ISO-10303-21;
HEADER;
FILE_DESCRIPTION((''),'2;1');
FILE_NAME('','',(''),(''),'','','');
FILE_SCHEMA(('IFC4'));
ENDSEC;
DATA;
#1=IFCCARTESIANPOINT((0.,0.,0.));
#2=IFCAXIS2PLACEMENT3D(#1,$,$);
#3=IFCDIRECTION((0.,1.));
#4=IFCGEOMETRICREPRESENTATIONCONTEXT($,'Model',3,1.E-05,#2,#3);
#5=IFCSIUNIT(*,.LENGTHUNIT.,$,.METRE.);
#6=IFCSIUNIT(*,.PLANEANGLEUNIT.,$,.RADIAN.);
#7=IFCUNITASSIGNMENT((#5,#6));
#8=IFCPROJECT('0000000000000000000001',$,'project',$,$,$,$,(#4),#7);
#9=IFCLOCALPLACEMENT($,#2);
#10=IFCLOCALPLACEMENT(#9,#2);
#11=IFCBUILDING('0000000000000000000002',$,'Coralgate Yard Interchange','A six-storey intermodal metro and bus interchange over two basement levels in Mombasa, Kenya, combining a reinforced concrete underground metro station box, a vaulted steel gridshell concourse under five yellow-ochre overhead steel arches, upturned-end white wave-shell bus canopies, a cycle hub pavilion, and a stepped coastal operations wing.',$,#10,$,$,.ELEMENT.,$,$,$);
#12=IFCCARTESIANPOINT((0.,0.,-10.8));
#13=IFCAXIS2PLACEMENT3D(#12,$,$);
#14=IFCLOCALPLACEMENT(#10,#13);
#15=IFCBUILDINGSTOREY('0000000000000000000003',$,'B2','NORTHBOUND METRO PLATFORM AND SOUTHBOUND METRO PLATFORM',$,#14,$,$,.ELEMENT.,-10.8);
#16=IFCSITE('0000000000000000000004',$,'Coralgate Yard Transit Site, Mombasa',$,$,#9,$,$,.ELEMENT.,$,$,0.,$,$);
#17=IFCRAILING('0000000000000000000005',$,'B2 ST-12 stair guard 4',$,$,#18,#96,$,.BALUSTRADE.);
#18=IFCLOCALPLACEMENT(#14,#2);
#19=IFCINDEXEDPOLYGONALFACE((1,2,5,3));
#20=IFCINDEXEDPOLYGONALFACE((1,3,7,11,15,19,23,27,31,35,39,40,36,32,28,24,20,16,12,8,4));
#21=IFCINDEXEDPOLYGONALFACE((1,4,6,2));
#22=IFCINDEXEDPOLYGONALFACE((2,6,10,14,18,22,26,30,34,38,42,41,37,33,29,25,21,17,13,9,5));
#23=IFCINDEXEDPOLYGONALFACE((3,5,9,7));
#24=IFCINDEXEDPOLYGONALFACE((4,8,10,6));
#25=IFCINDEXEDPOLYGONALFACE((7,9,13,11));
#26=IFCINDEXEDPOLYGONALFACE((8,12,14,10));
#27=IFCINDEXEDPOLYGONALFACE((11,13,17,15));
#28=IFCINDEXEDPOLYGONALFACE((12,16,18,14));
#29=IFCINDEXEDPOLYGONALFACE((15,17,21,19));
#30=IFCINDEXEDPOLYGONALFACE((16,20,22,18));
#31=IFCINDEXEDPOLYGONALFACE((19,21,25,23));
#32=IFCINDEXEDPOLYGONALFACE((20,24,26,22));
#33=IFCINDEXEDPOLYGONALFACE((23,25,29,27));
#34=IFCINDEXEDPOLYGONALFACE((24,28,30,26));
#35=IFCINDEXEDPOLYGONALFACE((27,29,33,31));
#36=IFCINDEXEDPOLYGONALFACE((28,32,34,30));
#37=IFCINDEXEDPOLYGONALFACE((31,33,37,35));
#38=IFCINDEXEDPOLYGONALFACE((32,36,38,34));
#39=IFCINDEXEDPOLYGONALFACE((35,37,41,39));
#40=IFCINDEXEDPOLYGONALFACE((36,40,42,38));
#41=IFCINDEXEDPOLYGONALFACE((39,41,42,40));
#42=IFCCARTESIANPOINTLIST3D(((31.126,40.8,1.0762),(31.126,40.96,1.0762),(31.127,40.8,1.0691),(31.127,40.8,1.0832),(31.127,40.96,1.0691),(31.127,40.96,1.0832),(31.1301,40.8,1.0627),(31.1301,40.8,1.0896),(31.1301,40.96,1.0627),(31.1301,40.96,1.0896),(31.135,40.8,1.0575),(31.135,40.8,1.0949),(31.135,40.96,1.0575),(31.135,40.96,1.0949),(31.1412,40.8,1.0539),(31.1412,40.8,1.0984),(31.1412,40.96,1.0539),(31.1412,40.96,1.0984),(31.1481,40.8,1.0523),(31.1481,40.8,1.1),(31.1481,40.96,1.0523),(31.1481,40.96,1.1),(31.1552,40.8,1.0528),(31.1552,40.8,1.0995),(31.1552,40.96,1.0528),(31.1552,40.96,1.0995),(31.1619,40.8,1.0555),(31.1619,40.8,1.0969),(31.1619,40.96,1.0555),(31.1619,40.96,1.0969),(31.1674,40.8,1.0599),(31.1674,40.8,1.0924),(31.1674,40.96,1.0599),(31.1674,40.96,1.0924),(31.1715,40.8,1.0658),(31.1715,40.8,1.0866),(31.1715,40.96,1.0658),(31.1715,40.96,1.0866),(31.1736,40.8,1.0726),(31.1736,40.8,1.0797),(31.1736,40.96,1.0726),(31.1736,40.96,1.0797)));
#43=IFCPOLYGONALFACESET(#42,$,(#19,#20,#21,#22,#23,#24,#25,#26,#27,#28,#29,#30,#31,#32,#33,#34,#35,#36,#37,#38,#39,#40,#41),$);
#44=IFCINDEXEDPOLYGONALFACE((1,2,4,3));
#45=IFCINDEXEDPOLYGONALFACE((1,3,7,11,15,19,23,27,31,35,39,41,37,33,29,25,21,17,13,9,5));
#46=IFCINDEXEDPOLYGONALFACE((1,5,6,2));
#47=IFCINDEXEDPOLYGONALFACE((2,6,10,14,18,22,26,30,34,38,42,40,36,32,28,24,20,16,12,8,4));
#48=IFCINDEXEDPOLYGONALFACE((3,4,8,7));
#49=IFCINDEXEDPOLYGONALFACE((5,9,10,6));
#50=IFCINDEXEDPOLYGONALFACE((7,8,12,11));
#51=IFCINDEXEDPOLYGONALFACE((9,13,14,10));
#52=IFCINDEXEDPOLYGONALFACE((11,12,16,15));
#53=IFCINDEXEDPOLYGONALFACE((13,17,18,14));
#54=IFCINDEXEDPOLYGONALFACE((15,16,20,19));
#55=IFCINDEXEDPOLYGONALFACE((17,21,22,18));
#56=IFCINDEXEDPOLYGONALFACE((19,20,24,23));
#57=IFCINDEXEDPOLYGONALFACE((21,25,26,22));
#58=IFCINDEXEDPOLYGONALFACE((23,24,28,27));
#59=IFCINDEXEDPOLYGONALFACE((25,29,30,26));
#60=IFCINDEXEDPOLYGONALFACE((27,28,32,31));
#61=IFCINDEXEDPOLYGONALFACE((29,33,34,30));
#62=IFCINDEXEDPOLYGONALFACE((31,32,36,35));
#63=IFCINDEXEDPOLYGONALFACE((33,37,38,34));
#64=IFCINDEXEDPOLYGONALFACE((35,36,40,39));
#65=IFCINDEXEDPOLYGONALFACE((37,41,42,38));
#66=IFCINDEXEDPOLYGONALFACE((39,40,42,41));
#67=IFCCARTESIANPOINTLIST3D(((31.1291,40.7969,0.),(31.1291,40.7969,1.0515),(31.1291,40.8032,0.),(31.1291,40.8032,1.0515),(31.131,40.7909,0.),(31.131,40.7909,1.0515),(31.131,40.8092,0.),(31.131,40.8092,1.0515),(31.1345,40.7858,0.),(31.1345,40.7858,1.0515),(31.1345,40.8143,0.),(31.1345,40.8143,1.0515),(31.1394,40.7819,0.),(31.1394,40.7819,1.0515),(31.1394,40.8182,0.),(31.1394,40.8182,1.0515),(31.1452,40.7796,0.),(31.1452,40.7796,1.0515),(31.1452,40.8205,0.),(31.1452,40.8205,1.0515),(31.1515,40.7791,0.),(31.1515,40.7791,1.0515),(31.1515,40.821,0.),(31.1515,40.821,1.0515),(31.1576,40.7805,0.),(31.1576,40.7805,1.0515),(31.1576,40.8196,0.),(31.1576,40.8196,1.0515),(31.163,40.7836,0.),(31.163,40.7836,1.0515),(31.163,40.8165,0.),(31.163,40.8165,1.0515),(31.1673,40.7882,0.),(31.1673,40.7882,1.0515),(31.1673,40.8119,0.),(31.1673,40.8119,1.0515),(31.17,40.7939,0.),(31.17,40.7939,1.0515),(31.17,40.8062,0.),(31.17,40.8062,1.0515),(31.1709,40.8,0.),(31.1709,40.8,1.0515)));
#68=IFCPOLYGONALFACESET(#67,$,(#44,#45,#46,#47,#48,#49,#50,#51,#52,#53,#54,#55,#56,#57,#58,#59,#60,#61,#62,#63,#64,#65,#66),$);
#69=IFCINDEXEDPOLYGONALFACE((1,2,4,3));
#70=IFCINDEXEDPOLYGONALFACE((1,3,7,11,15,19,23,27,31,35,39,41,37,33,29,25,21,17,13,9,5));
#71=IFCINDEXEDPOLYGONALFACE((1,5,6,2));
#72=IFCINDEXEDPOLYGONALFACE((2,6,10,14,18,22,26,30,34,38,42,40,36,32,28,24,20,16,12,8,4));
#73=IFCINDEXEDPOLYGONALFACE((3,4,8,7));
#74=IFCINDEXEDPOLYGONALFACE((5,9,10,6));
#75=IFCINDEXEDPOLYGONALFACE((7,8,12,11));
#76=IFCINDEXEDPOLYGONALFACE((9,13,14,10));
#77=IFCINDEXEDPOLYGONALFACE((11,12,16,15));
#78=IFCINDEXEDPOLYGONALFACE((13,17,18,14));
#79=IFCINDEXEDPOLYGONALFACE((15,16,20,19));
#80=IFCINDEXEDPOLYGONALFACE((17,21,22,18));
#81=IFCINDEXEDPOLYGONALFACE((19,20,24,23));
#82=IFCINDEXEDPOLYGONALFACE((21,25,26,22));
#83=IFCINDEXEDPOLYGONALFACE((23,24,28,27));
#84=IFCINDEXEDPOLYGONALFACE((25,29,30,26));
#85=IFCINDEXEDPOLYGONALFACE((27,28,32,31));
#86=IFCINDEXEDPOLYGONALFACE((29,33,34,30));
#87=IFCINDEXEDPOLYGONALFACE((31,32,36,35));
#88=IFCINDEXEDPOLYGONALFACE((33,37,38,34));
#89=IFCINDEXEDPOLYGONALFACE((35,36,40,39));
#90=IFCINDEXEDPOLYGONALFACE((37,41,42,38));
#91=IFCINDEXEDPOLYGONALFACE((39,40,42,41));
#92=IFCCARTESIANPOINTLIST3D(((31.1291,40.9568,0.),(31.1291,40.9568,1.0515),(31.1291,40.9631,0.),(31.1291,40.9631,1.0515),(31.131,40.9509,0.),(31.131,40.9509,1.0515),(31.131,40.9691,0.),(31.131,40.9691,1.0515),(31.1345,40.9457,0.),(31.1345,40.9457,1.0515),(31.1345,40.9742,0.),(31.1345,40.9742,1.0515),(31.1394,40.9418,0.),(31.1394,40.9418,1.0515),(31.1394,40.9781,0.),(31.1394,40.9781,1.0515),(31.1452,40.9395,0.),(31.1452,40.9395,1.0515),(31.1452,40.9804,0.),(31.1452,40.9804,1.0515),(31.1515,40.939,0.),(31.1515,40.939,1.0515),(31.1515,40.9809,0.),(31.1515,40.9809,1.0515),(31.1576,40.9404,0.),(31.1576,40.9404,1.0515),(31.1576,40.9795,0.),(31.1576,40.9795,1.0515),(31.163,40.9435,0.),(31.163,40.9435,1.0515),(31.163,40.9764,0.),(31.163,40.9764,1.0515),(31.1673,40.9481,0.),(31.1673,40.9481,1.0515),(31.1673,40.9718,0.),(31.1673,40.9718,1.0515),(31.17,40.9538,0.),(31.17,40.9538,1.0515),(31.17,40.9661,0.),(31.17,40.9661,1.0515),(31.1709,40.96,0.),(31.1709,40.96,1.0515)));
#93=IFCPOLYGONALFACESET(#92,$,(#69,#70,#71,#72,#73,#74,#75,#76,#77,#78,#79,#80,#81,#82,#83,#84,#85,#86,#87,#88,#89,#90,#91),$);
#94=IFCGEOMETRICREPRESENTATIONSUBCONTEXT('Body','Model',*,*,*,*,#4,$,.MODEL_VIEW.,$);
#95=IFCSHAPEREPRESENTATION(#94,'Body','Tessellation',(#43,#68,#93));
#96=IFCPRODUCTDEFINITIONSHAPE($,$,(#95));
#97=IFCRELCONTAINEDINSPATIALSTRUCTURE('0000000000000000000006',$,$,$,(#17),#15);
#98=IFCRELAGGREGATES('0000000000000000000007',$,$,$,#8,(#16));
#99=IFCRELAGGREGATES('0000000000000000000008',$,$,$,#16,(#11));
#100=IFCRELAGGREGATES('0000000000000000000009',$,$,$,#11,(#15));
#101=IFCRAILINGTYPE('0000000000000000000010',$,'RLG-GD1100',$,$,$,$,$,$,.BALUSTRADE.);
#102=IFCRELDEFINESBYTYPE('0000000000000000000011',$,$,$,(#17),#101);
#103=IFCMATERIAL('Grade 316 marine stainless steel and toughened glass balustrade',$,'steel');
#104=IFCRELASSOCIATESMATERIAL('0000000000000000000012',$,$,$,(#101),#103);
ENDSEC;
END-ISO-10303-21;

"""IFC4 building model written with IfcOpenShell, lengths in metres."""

from ifc_helpers import new_model, si_unit, direction, frame, origin, origin_2d, place, context, subcontext, project, spatial, circle, extrude, material, type_object, element, save


model = new_model("IFC4")

# Units and contexts
model_context = context("Model", 3, precision=1e-05, world=origin(), true_north=direction((0.0, 1.0)))
body_context = subcontext(model_context, "Body", "Model", "MODEL_VIEW")
ifc_project = project(units=[si_unit("LENGTHUNIT", "METRE"), si_unit("PLANEANGLEUNIT", "RADIAN")], contexts=[model_context])

# Site, building, storey
site_placement = place(None, origin())
site = spatial("IfcSite", under=ifc_project, at=site_placement, Name="Coralgate Yard Transit Site, Mombasa", CompositionType="ELEMENT", RefElevation=0.0)
building_placement = place(site_placement, origin())
building = spatial("IfcBuilding", under=site, at=building_placement, Name="Coralgate Yard Interchange", Description="A six-storey intermodal metro and bus interchange over two basement levels in Mombasa, Kenya, combining a reinforced concrete underground metro station box, a vaulted steel gridshell concourse under five yellow-ochre overhead steel arches, upturned-end white wave-shell bus canopies, a cycle hub pavilion, and a stepped coastal operations wing.", CompositionType="ELEMENT")
storey_placement = place(building_placement, frame((0.0, 0.0, -10.8)))
storey = spatial("IfcBuildingStorey", under=building, at=storey_placement, Name="B2", Description="NORTHBOUND METRO PLATFORM AND SOUTHBOUND METRO PLATFORM", CompositionType="ELEMENT", Elevation=-10.8)

# Railing
ifc_material_1 = material(Name="Grade 316 marine stainless steel and toughened glass balustrade", Category="steel")
railing_type_1 = type_object("IfcRailingType", Name="RLG-GD1100", PredefinedType="BALUSTRADE", material=ifc_material_1)
railing_1_placement = place(storey_placement, frame((31.1499, 40.8, 0.0)))
element("IfcRailing", 1, at=railing_1_placement, inside=storey, type_object=railing_type_1, Name="B2 ST-12 stair guard 4", PredefinedType="BALUSTRADE", context=body_context, shape_type="SweptSolid", body=[
    extrude(circle(Radius=0.0239, at=origin_2d()), frame((0.0, 0.0, 1.0762), z_axis=(0.0, 1.0, 0.0), x_axis=(-1.0, 0.0, 0.0)), (0.0, 0.0, 1.0), 0.1599),
    extrude(circle(Radius=0.021, at=origin_2d()), origin(), (0.0, 0.0, 1.0), 1.0515),
    extrude(circle(Radius=0.021, at=origin_2d()), frame((0.0, 0.1599, 0.0)), (0.0, 0.0, 1.0), 1.0515),
])

save(model, "model.ifc")
